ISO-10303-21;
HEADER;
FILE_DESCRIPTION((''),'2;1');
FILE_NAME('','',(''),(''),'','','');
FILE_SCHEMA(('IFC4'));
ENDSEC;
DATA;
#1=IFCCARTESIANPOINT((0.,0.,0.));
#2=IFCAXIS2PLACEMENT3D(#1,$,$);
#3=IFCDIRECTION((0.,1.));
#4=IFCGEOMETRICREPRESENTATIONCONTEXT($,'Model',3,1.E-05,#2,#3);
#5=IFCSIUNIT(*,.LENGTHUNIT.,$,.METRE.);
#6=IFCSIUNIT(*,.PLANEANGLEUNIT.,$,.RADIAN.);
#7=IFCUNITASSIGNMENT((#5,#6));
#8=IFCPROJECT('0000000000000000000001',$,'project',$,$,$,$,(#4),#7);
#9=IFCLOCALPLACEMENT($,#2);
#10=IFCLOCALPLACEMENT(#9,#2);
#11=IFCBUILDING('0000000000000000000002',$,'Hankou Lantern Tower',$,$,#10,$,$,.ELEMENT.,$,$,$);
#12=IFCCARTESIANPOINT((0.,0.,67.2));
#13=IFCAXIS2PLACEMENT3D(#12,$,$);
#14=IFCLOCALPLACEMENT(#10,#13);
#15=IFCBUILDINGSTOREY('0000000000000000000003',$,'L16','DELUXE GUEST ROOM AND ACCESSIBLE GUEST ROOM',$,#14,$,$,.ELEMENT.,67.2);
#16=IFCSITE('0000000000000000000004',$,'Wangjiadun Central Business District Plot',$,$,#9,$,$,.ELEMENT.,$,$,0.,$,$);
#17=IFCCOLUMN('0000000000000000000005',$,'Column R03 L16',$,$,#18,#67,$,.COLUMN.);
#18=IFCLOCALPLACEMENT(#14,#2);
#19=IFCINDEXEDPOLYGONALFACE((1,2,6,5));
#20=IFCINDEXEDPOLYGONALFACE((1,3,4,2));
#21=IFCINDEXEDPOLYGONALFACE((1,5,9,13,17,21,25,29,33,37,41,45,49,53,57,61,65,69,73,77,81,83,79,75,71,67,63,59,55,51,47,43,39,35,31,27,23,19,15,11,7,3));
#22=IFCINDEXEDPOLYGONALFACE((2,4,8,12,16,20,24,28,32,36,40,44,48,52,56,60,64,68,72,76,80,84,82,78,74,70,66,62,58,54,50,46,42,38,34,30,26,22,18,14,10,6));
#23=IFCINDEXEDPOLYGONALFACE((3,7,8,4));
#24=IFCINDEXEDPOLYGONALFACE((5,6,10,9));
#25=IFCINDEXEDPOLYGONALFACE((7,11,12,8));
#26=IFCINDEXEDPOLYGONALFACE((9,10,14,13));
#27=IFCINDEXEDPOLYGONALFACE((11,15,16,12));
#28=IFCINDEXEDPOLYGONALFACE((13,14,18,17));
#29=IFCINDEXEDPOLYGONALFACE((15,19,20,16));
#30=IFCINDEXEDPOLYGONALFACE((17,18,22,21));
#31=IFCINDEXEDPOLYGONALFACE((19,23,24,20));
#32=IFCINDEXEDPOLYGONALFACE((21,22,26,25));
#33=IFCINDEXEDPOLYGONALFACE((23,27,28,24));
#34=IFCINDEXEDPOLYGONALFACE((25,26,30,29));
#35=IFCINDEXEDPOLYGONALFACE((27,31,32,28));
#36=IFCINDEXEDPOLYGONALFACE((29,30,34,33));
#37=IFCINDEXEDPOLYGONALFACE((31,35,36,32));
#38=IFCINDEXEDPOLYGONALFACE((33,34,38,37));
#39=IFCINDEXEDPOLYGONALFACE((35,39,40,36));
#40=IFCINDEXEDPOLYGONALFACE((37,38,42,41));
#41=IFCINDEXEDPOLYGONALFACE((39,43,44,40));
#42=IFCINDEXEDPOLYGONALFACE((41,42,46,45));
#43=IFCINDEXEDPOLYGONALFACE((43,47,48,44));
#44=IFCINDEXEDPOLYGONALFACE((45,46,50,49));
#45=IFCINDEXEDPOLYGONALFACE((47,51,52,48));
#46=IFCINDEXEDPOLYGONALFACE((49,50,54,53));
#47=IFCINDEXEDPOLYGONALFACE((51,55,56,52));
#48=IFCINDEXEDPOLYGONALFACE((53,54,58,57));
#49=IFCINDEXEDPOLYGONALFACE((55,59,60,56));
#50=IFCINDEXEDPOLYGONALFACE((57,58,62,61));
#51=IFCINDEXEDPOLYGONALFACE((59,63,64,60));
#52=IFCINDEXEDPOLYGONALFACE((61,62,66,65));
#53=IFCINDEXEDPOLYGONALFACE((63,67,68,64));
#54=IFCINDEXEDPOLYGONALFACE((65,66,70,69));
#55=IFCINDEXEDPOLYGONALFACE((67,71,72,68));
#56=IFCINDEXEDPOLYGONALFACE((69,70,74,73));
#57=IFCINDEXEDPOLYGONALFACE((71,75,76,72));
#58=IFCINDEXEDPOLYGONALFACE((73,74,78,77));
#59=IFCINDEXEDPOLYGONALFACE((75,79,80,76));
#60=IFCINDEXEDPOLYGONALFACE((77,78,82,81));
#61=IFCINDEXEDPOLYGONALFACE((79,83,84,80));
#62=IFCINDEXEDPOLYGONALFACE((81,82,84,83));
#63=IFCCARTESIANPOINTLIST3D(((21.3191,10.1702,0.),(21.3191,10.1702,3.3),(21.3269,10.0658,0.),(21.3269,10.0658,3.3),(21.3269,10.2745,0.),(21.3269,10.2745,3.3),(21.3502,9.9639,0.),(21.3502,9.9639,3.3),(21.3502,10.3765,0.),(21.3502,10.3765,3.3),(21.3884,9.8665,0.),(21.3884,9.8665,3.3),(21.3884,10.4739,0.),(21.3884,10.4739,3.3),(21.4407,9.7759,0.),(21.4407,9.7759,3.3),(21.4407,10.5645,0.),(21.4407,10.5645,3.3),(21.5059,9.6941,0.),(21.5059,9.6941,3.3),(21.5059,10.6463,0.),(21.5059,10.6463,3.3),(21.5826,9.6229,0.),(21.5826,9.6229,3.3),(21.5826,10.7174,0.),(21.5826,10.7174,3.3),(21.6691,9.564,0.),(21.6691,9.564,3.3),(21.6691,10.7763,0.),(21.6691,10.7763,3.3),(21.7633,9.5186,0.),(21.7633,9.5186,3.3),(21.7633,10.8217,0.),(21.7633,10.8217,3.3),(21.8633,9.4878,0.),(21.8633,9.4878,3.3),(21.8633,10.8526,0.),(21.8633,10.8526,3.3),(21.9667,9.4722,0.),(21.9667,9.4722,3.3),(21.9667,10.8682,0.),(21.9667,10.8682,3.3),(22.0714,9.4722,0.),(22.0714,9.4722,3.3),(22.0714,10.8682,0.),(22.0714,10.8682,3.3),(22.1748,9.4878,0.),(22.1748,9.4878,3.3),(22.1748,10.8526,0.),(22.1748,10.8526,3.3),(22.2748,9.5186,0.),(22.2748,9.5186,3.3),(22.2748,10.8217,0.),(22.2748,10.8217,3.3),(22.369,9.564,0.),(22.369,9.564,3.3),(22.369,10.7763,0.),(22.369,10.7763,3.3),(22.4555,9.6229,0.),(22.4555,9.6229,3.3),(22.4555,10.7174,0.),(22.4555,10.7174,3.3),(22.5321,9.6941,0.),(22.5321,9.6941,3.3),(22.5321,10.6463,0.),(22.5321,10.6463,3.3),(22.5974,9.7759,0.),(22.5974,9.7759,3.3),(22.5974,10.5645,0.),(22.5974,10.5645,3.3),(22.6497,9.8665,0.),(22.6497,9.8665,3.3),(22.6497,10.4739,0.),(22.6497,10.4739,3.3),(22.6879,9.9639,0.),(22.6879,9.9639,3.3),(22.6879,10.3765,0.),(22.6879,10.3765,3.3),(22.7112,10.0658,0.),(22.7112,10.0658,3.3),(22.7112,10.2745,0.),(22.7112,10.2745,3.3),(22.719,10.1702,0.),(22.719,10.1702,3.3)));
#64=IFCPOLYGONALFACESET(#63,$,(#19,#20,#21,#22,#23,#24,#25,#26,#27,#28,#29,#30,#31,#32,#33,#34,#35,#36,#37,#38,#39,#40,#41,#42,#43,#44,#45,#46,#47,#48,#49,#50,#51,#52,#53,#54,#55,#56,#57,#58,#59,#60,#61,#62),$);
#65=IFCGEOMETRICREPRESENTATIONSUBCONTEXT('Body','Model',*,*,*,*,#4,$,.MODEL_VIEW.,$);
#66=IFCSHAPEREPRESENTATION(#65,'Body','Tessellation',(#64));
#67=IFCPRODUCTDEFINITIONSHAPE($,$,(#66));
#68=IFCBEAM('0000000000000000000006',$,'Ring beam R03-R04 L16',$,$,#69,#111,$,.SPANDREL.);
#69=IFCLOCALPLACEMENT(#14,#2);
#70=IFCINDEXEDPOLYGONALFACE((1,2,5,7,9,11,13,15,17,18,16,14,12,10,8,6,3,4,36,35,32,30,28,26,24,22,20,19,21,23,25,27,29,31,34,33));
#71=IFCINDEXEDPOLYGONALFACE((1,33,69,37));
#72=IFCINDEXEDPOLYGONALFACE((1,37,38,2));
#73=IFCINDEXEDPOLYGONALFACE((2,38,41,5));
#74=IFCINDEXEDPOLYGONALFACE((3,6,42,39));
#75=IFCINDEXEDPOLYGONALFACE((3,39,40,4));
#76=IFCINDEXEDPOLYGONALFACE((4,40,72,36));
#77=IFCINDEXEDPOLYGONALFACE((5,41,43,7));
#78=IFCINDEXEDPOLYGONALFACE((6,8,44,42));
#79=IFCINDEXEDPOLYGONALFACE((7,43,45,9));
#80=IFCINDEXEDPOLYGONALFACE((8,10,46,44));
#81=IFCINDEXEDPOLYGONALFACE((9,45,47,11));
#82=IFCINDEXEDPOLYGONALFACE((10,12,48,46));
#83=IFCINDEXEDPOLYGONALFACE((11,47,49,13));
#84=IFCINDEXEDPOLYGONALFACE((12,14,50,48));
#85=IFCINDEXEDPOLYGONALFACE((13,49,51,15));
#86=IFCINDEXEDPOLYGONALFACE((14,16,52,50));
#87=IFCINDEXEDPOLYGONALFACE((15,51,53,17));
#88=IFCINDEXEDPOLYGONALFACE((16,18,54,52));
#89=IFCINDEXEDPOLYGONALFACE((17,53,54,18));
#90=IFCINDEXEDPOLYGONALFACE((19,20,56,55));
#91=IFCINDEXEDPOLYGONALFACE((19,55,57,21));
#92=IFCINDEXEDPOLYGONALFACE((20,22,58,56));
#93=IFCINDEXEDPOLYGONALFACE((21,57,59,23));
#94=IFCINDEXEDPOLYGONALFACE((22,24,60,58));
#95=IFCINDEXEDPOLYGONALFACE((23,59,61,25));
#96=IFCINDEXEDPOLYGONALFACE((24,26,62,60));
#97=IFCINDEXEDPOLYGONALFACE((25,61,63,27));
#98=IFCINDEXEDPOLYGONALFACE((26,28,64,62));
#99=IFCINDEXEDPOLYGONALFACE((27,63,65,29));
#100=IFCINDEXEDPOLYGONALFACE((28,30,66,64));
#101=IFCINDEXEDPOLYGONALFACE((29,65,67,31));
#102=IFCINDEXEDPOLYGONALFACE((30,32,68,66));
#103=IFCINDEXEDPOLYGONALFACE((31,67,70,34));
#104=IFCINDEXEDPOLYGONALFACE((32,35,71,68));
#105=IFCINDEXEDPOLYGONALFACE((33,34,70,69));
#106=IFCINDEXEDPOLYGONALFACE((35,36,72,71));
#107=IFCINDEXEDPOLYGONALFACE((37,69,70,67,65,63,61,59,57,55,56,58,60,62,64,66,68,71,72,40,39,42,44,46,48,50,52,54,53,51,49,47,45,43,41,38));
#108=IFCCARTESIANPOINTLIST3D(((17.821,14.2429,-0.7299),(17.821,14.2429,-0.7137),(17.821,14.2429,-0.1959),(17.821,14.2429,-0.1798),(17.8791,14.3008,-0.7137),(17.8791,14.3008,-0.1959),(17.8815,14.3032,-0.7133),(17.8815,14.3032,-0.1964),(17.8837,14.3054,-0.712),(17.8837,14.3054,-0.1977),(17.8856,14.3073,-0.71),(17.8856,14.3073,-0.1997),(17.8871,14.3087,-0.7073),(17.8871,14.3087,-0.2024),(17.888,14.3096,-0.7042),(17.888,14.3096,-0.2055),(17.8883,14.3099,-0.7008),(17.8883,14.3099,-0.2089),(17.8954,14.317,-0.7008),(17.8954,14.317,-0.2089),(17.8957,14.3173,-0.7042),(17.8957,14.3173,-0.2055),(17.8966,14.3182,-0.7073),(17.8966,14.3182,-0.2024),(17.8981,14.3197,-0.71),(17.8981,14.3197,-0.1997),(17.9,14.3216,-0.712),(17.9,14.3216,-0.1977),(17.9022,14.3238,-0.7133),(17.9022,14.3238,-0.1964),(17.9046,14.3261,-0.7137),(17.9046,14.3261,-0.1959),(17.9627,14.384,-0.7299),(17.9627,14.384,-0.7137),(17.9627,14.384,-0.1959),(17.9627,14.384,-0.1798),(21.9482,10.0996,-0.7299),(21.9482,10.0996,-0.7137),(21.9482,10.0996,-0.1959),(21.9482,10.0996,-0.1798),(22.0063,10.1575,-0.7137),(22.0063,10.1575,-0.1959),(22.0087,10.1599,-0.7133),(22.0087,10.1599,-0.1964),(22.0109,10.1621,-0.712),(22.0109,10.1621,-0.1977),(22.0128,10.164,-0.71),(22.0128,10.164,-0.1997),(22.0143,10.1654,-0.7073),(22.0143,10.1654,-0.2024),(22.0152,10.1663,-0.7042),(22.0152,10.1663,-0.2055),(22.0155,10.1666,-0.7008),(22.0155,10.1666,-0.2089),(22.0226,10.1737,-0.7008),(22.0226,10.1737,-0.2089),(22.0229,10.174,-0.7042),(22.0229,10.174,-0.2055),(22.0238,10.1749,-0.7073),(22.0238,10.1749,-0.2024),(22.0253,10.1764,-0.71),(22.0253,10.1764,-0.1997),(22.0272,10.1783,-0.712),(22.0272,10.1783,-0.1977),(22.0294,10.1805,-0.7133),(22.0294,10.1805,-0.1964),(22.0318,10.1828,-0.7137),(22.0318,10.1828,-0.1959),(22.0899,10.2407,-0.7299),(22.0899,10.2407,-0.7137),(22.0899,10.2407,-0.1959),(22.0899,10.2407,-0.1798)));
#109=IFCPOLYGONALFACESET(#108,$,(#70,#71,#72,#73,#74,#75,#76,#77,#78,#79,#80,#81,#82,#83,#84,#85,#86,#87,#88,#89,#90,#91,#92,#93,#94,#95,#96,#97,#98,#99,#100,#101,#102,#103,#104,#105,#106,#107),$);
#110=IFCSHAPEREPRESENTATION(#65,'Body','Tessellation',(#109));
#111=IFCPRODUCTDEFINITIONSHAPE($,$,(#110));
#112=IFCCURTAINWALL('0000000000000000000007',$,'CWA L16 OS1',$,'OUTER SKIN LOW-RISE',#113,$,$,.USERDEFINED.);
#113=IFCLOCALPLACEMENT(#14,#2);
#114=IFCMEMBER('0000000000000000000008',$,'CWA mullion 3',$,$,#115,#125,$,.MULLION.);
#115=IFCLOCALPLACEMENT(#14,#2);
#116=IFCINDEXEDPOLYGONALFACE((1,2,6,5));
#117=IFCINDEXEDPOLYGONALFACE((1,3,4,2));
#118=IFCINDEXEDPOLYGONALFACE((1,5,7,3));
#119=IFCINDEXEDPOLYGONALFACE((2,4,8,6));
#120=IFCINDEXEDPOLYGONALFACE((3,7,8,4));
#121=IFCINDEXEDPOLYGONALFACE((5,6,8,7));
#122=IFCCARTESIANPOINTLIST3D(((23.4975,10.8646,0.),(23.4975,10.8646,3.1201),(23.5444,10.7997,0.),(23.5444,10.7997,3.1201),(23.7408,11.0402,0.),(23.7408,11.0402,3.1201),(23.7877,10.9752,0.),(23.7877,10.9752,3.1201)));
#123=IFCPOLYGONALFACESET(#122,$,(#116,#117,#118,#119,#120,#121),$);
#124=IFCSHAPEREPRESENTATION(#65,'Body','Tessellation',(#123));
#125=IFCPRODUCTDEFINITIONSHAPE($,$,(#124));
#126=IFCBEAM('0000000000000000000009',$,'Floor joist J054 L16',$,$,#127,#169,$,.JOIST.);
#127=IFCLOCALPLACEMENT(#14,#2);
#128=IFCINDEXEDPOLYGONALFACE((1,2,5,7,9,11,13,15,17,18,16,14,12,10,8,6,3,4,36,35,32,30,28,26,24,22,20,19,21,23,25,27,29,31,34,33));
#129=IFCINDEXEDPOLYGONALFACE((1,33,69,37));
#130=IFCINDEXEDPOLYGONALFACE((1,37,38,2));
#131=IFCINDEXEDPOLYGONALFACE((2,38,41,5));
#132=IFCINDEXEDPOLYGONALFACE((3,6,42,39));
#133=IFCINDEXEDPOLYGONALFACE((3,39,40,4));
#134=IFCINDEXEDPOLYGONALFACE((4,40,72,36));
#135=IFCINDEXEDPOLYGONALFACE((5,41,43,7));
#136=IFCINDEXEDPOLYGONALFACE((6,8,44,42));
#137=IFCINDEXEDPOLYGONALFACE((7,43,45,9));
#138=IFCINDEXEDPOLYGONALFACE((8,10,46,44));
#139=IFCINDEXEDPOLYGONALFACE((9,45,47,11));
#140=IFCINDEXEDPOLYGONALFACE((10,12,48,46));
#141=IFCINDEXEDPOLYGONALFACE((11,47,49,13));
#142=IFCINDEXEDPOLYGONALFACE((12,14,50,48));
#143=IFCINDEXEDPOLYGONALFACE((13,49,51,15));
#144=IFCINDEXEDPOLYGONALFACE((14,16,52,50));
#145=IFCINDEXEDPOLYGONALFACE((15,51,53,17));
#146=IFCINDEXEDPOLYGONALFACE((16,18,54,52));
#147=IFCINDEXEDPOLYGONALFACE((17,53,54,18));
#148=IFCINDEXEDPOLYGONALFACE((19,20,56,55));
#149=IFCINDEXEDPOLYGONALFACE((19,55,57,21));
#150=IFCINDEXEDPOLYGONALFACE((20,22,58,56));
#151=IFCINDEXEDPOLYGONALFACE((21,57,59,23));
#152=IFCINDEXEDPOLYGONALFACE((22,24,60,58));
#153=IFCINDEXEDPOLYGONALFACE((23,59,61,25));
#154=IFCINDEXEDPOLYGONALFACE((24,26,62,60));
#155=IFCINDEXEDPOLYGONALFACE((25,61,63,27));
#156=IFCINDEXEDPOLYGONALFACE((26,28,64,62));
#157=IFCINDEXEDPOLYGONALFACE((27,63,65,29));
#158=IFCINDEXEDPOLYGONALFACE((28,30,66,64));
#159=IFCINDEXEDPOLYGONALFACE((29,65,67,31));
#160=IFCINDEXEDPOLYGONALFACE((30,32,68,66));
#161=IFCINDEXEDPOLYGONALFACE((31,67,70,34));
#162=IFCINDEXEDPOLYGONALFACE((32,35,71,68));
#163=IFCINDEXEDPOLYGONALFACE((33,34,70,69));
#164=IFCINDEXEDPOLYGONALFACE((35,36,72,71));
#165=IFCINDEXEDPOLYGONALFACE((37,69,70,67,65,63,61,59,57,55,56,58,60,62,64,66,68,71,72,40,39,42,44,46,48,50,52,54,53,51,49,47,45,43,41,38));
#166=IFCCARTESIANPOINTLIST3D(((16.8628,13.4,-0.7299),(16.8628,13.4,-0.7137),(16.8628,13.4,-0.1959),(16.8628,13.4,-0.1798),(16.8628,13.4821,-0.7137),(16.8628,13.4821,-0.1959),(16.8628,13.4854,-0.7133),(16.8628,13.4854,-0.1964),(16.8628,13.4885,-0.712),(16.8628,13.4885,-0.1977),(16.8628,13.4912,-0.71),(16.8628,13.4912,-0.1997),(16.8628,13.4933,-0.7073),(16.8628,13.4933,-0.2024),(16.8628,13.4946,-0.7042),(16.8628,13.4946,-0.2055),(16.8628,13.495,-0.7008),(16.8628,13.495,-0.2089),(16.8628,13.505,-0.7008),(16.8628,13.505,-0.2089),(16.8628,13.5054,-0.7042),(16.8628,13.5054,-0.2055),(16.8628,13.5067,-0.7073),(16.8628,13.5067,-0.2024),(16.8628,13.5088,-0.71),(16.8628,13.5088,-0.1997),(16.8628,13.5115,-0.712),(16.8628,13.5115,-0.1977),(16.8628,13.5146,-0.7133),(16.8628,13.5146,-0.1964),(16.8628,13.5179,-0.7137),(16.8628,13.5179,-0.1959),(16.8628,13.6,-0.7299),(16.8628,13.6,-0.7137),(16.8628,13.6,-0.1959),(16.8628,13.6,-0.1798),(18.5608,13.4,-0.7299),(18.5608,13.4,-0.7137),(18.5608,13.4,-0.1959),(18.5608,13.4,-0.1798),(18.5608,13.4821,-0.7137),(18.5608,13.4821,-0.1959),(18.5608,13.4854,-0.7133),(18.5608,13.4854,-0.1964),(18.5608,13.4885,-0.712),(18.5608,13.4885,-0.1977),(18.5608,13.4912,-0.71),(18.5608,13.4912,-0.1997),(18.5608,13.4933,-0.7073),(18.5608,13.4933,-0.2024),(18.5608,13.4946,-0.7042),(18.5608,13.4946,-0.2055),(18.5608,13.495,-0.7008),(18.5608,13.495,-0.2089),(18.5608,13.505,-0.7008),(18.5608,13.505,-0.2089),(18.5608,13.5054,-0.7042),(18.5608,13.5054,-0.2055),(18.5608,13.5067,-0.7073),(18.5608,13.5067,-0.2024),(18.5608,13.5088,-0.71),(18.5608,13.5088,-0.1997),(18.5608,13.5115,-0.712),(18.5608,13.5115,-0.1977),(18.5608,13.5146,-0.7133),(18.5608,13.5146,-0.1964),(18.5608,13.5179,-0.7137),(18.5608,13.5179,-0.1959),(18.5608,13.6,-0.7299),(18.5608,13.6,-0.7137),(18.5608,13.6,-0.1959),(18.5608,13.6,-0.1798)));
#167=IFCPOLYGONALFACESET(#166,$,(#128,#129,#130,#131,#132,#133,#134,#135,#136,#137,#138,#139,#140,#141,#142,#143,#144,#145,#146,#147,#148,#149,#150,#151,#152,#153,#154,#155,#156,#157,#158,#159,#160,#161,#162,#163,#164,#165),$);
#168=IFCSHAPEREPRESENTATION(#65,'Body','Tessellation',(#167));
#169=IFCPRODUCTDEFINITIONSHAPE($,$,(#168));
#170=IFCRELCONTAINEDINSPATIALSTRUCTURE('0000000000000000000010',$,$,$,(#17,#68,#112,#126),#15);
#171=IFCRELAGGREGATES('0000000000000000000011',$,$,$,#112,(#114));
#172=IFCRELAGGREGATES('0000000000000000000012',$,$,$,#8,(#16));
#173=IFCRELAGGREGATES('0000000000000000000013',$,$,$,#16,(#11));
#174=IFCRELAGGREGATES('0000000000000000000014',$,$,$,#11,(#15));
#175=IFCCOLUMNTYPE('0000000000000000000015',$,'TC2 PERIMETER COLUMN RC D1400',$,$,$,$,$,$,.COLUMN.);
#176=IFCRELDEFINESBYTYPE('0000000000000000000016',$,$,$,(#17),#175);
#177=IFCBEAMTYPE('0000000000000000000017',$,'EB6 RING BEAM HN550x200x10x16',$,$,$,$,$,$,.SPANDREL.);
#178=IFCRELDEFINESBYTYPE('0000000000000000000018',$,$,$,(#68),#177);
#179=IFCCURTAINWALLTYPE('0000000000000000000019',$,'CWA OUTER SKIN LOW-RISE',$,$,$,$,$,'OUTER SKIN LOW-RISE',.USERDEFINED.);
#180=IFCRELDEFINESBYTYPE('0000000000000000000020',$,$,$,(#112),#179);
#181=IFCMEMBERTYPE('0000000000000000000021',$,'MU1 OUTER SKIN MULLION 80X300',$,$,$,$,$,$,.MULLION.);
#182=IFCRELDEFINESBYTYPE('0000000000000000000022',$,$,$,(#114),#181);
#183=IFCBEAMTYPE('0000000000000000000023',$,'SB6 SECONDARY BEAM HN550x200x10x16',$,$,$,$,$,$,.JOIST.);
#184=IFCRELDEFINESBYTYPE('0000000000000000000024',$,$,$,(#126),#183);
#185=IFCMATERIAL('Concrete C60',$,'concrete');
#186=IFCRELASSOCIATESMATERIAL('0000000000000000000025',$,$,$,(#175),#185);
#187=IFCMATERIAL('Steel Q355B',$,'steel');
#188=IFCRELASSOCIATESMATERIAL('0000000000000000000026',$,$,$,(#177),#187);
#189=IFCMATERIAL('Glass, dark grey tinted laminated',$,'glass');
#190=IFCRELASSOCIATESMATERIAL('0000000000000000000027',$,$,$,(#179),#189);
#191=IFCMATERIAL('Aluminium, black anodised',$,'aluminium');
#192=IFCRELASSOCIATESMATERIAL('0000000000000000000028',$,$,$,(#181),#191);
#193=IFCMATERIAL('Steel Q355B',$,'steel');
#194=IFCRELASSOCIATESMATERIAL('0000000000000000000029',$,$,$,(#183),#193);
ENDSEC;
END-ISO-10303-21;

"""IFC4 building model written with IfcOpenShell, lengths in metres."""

from ifc_helpers import new_model, si_unit, direction, frame, origin, origin_2d, place, context, subcontext, project, spatial, rectangle, circle, i_section, extrude, material, material_profile, profile_set, type_object, element, aggregate, save


model = new_model("IFC4")

# Units and contexts
model_context = context("Model", 3, precision=1e-05, world=origin(), true_north=direction((0.0, 1.0)))
body_context = subcontext(model_context, "Body", "Model", "MODEL_VIEW")
ifc_project = project(units=[si_unit("LENGTHUNIT", "METRE"), si_unit("PLANEANGLEUNIT", "RADIAN")], contexts=[model_context])

# Site, building, storey
site_placement = place(None, origin())
site = spatial("IfcSite", under=ifc_project, at=site_placement, Name="Wangjiadun Central Business District Plot", CompositionType="ELEMENT", RefElevation=0.0)
building_placement = place(site_placement, origin())
building = spatial("IfcBuilding", under=site, at=building_placement, Name="Hankou Lantern Tower", CompositionType="ELEMENT")
storey_placement = place(building_placement, frame((0.0, 0.0, 67.2)))
storey = spatial("IfcBuildingStorey", under=building, at=storey_placement, Name="L16", Description="DELUXE GUEST ROOM AND ACCESSIBLE GUEST ROOM", CompositionType="ELEMENT", Elevation=67.2)

# Column
ifc_material_1 = material(Name="Concrete C60", Category="concrete")
ifc_material_profile_1 = material_profile(ifc_material_1, circle(Radius=0.7, at=origin_2d()), Name="RC D1400")
ifc_profile_set_1 = profile_set([ifc_material_profile_1], Name="Concrete C60")
column_type = type_object("IfcColumnType", Name="TC2 PERIMETER COLUMN RC D1400", PredefinedType="COLUMN", material=ifc_profile_set_1)
column_placement = place(storey_placement, frame((22.019, 10.1702, 0.0), z_axis=(0.0, 0.0, 1.0), x_axis=(1.0, 0.0, 0.0)))
element("IfcColumn", 1, at=column_placement, inside=storey, type_object=column_type, Name="Column R03 L16", PredefinedType="COLUMN", context=body_context, shape_type="SweptSolid", body=[
    extrude(circle(Radius=0.7, at=origin_2d()), origin(), (0.0, 0.0, 1.0), 3.3),
])

# Beam
ifc_material_2 = material(Name="Steel Q355B", Category="steel")
ifc_material_profile_2 = material_profile(ifc_material_2, i_section(OverallWidth=0.2, OverallDepth=0.55, WebThickness=0.01, FlangeThickness=0.0161, FilletRadius=0.0129, at=origin_2d()), Name="HN550x200x10x16")
ifc_profile_set_2 = profile_set([ifc_material_profile_2], Name="Steel Q355B")
beam_type_1 = type_object("IfcBeamType", Name="EB6 RING BEAM HN550x200x10x16", PredefinedType="SPANDREL", material=ifc_profile_set_2)
beam_1_placement = place(storey_placement, frame((22.019, 10.1702, -0.4548), z_axis=(-0.705728, 0.708483, 0.0), x_axis=(-0.708483, -0.705728, 0.0)))
element("IfcBeam", 2, at=beam_1_placement, inside=storey, type_object=beam_type_1, Name="Ring beam R03-R04 L16", PredefinedType="SPANDREL", context=body_context, shape_type="SweptSolid", body=[
    extrude(i_section(OverallWidth=0.2, OverallDepth=0.55, WebThickness=0.01, FlangeThickness=0.0161, FilletRadius=0.0129, at=origin_2d()), origin(), (0.0, 0.0, 1.0), 5.8481),
])

# Curtain wall, member
ifc_material_3 = material(Name="Glass, dark grey tinted laminated", Category="glass")
curtain_wall_type = type_object("IfcCurtainWallType", Name="CWA OUTER SKIN LOW-RISE", ElementType="OUTER SKIN LOW-RISE", PredefinedType="USERDEFINED", material=ifc_material_3)
curtain_wall_placement = place(storey_placement, origin())
curtain_wall = element("IfcCurtainWall", 3, at=curtain_wall_placement, inside=storey, type_object=curtain_wall_type, Name="CWA L16 OS1", ObjectType="OUTER SKIN LOW-RISE", PredefinedType="USERDEFINED")
ifc_material_4 = material(Name="Aluminium, black anodised", Category="aluminium")
ifc_material_profile_3 = material_profile(ifc_material_4, rectangle(XDim=0.0801, YDim=0.3, at=origin_2d()), Name="MU1 80X300")
ifc_profile_set_3 = profile_set([ifc_material_profile_3], Name="Aluminium, black anodised")
member_type_1 = type_object("IfcMemberType", Name="MU1 OUTER SKIN MULLION 80X300", PredefinedType="MULLION", material=ifc_profile_set_3)
member_1_placement = place(storey_placement, frame((23.6426, 10.9199, 0.0), z_axis=(0.0, 0.0, 1.0), x_axis=(-0.585206, 0.810885, 0.0)))
member_1 = element("IfcMember", 4, at=member_1_placement, type_object=member_type_1, Name="CWA mullion 3", PredefinedType="MULLION", context=body_context, shape_type="SweptSolid", body=[
    extrude(rectangle(XDim=0.0801, YDim=0.3, at=origin_2d()), origin(), (0.0, 0.0, 1.0), 3.1201),
])

# Beam
ifc_material_5 = material(Name="Steel Q355B", Category="steel")
ifc_material_profile_4 = material_profile(ifc_material_5, i_section(OverallWidth=0.2, OverallDepth=0.55, WebThickness=0.01, FlangeThickness=0.0161, FilletRadius=0.0129, at=origin_2d()), Name="HN550x200x10x16")
ifc_profile_set_4 = profile_set([ifc_material_profile_4], Name="Steel Q355B")
beam_type_2 = type_object("IfcBeamType", Name="SB6 SECONDARY BEAM HN550x200x10x16", PredefinedType="JOIST", material=ifc_profile_set_4)
beam_2_placement = place(storey_placement, frame((16.8628, 13.5, -0.4548), z_axis=(1.0, 0.0, 0.0), x_axis=(0.0, 1.0, 0.0)))
element("IfcBeam", 5, at=beam_2_placement, inside=storey, type_object=beam_type_2, Name="Floor joist J054 L16", PredefinedType="JOIST", context=body_context, shape_type="SweptSolid", body=[
    extrude(i_section(OverallWidth=0.2, OverallDepth=0.55, WebThickness=0.01, FlangeThickness=0.0161, FilletRadius=0.0129, at=origin_2d()), origin(), (0.0, 0.0, 1.0), 1.698),
])

aggregate(curtain_wall, [member_1])

save(model, "model.ifc")
